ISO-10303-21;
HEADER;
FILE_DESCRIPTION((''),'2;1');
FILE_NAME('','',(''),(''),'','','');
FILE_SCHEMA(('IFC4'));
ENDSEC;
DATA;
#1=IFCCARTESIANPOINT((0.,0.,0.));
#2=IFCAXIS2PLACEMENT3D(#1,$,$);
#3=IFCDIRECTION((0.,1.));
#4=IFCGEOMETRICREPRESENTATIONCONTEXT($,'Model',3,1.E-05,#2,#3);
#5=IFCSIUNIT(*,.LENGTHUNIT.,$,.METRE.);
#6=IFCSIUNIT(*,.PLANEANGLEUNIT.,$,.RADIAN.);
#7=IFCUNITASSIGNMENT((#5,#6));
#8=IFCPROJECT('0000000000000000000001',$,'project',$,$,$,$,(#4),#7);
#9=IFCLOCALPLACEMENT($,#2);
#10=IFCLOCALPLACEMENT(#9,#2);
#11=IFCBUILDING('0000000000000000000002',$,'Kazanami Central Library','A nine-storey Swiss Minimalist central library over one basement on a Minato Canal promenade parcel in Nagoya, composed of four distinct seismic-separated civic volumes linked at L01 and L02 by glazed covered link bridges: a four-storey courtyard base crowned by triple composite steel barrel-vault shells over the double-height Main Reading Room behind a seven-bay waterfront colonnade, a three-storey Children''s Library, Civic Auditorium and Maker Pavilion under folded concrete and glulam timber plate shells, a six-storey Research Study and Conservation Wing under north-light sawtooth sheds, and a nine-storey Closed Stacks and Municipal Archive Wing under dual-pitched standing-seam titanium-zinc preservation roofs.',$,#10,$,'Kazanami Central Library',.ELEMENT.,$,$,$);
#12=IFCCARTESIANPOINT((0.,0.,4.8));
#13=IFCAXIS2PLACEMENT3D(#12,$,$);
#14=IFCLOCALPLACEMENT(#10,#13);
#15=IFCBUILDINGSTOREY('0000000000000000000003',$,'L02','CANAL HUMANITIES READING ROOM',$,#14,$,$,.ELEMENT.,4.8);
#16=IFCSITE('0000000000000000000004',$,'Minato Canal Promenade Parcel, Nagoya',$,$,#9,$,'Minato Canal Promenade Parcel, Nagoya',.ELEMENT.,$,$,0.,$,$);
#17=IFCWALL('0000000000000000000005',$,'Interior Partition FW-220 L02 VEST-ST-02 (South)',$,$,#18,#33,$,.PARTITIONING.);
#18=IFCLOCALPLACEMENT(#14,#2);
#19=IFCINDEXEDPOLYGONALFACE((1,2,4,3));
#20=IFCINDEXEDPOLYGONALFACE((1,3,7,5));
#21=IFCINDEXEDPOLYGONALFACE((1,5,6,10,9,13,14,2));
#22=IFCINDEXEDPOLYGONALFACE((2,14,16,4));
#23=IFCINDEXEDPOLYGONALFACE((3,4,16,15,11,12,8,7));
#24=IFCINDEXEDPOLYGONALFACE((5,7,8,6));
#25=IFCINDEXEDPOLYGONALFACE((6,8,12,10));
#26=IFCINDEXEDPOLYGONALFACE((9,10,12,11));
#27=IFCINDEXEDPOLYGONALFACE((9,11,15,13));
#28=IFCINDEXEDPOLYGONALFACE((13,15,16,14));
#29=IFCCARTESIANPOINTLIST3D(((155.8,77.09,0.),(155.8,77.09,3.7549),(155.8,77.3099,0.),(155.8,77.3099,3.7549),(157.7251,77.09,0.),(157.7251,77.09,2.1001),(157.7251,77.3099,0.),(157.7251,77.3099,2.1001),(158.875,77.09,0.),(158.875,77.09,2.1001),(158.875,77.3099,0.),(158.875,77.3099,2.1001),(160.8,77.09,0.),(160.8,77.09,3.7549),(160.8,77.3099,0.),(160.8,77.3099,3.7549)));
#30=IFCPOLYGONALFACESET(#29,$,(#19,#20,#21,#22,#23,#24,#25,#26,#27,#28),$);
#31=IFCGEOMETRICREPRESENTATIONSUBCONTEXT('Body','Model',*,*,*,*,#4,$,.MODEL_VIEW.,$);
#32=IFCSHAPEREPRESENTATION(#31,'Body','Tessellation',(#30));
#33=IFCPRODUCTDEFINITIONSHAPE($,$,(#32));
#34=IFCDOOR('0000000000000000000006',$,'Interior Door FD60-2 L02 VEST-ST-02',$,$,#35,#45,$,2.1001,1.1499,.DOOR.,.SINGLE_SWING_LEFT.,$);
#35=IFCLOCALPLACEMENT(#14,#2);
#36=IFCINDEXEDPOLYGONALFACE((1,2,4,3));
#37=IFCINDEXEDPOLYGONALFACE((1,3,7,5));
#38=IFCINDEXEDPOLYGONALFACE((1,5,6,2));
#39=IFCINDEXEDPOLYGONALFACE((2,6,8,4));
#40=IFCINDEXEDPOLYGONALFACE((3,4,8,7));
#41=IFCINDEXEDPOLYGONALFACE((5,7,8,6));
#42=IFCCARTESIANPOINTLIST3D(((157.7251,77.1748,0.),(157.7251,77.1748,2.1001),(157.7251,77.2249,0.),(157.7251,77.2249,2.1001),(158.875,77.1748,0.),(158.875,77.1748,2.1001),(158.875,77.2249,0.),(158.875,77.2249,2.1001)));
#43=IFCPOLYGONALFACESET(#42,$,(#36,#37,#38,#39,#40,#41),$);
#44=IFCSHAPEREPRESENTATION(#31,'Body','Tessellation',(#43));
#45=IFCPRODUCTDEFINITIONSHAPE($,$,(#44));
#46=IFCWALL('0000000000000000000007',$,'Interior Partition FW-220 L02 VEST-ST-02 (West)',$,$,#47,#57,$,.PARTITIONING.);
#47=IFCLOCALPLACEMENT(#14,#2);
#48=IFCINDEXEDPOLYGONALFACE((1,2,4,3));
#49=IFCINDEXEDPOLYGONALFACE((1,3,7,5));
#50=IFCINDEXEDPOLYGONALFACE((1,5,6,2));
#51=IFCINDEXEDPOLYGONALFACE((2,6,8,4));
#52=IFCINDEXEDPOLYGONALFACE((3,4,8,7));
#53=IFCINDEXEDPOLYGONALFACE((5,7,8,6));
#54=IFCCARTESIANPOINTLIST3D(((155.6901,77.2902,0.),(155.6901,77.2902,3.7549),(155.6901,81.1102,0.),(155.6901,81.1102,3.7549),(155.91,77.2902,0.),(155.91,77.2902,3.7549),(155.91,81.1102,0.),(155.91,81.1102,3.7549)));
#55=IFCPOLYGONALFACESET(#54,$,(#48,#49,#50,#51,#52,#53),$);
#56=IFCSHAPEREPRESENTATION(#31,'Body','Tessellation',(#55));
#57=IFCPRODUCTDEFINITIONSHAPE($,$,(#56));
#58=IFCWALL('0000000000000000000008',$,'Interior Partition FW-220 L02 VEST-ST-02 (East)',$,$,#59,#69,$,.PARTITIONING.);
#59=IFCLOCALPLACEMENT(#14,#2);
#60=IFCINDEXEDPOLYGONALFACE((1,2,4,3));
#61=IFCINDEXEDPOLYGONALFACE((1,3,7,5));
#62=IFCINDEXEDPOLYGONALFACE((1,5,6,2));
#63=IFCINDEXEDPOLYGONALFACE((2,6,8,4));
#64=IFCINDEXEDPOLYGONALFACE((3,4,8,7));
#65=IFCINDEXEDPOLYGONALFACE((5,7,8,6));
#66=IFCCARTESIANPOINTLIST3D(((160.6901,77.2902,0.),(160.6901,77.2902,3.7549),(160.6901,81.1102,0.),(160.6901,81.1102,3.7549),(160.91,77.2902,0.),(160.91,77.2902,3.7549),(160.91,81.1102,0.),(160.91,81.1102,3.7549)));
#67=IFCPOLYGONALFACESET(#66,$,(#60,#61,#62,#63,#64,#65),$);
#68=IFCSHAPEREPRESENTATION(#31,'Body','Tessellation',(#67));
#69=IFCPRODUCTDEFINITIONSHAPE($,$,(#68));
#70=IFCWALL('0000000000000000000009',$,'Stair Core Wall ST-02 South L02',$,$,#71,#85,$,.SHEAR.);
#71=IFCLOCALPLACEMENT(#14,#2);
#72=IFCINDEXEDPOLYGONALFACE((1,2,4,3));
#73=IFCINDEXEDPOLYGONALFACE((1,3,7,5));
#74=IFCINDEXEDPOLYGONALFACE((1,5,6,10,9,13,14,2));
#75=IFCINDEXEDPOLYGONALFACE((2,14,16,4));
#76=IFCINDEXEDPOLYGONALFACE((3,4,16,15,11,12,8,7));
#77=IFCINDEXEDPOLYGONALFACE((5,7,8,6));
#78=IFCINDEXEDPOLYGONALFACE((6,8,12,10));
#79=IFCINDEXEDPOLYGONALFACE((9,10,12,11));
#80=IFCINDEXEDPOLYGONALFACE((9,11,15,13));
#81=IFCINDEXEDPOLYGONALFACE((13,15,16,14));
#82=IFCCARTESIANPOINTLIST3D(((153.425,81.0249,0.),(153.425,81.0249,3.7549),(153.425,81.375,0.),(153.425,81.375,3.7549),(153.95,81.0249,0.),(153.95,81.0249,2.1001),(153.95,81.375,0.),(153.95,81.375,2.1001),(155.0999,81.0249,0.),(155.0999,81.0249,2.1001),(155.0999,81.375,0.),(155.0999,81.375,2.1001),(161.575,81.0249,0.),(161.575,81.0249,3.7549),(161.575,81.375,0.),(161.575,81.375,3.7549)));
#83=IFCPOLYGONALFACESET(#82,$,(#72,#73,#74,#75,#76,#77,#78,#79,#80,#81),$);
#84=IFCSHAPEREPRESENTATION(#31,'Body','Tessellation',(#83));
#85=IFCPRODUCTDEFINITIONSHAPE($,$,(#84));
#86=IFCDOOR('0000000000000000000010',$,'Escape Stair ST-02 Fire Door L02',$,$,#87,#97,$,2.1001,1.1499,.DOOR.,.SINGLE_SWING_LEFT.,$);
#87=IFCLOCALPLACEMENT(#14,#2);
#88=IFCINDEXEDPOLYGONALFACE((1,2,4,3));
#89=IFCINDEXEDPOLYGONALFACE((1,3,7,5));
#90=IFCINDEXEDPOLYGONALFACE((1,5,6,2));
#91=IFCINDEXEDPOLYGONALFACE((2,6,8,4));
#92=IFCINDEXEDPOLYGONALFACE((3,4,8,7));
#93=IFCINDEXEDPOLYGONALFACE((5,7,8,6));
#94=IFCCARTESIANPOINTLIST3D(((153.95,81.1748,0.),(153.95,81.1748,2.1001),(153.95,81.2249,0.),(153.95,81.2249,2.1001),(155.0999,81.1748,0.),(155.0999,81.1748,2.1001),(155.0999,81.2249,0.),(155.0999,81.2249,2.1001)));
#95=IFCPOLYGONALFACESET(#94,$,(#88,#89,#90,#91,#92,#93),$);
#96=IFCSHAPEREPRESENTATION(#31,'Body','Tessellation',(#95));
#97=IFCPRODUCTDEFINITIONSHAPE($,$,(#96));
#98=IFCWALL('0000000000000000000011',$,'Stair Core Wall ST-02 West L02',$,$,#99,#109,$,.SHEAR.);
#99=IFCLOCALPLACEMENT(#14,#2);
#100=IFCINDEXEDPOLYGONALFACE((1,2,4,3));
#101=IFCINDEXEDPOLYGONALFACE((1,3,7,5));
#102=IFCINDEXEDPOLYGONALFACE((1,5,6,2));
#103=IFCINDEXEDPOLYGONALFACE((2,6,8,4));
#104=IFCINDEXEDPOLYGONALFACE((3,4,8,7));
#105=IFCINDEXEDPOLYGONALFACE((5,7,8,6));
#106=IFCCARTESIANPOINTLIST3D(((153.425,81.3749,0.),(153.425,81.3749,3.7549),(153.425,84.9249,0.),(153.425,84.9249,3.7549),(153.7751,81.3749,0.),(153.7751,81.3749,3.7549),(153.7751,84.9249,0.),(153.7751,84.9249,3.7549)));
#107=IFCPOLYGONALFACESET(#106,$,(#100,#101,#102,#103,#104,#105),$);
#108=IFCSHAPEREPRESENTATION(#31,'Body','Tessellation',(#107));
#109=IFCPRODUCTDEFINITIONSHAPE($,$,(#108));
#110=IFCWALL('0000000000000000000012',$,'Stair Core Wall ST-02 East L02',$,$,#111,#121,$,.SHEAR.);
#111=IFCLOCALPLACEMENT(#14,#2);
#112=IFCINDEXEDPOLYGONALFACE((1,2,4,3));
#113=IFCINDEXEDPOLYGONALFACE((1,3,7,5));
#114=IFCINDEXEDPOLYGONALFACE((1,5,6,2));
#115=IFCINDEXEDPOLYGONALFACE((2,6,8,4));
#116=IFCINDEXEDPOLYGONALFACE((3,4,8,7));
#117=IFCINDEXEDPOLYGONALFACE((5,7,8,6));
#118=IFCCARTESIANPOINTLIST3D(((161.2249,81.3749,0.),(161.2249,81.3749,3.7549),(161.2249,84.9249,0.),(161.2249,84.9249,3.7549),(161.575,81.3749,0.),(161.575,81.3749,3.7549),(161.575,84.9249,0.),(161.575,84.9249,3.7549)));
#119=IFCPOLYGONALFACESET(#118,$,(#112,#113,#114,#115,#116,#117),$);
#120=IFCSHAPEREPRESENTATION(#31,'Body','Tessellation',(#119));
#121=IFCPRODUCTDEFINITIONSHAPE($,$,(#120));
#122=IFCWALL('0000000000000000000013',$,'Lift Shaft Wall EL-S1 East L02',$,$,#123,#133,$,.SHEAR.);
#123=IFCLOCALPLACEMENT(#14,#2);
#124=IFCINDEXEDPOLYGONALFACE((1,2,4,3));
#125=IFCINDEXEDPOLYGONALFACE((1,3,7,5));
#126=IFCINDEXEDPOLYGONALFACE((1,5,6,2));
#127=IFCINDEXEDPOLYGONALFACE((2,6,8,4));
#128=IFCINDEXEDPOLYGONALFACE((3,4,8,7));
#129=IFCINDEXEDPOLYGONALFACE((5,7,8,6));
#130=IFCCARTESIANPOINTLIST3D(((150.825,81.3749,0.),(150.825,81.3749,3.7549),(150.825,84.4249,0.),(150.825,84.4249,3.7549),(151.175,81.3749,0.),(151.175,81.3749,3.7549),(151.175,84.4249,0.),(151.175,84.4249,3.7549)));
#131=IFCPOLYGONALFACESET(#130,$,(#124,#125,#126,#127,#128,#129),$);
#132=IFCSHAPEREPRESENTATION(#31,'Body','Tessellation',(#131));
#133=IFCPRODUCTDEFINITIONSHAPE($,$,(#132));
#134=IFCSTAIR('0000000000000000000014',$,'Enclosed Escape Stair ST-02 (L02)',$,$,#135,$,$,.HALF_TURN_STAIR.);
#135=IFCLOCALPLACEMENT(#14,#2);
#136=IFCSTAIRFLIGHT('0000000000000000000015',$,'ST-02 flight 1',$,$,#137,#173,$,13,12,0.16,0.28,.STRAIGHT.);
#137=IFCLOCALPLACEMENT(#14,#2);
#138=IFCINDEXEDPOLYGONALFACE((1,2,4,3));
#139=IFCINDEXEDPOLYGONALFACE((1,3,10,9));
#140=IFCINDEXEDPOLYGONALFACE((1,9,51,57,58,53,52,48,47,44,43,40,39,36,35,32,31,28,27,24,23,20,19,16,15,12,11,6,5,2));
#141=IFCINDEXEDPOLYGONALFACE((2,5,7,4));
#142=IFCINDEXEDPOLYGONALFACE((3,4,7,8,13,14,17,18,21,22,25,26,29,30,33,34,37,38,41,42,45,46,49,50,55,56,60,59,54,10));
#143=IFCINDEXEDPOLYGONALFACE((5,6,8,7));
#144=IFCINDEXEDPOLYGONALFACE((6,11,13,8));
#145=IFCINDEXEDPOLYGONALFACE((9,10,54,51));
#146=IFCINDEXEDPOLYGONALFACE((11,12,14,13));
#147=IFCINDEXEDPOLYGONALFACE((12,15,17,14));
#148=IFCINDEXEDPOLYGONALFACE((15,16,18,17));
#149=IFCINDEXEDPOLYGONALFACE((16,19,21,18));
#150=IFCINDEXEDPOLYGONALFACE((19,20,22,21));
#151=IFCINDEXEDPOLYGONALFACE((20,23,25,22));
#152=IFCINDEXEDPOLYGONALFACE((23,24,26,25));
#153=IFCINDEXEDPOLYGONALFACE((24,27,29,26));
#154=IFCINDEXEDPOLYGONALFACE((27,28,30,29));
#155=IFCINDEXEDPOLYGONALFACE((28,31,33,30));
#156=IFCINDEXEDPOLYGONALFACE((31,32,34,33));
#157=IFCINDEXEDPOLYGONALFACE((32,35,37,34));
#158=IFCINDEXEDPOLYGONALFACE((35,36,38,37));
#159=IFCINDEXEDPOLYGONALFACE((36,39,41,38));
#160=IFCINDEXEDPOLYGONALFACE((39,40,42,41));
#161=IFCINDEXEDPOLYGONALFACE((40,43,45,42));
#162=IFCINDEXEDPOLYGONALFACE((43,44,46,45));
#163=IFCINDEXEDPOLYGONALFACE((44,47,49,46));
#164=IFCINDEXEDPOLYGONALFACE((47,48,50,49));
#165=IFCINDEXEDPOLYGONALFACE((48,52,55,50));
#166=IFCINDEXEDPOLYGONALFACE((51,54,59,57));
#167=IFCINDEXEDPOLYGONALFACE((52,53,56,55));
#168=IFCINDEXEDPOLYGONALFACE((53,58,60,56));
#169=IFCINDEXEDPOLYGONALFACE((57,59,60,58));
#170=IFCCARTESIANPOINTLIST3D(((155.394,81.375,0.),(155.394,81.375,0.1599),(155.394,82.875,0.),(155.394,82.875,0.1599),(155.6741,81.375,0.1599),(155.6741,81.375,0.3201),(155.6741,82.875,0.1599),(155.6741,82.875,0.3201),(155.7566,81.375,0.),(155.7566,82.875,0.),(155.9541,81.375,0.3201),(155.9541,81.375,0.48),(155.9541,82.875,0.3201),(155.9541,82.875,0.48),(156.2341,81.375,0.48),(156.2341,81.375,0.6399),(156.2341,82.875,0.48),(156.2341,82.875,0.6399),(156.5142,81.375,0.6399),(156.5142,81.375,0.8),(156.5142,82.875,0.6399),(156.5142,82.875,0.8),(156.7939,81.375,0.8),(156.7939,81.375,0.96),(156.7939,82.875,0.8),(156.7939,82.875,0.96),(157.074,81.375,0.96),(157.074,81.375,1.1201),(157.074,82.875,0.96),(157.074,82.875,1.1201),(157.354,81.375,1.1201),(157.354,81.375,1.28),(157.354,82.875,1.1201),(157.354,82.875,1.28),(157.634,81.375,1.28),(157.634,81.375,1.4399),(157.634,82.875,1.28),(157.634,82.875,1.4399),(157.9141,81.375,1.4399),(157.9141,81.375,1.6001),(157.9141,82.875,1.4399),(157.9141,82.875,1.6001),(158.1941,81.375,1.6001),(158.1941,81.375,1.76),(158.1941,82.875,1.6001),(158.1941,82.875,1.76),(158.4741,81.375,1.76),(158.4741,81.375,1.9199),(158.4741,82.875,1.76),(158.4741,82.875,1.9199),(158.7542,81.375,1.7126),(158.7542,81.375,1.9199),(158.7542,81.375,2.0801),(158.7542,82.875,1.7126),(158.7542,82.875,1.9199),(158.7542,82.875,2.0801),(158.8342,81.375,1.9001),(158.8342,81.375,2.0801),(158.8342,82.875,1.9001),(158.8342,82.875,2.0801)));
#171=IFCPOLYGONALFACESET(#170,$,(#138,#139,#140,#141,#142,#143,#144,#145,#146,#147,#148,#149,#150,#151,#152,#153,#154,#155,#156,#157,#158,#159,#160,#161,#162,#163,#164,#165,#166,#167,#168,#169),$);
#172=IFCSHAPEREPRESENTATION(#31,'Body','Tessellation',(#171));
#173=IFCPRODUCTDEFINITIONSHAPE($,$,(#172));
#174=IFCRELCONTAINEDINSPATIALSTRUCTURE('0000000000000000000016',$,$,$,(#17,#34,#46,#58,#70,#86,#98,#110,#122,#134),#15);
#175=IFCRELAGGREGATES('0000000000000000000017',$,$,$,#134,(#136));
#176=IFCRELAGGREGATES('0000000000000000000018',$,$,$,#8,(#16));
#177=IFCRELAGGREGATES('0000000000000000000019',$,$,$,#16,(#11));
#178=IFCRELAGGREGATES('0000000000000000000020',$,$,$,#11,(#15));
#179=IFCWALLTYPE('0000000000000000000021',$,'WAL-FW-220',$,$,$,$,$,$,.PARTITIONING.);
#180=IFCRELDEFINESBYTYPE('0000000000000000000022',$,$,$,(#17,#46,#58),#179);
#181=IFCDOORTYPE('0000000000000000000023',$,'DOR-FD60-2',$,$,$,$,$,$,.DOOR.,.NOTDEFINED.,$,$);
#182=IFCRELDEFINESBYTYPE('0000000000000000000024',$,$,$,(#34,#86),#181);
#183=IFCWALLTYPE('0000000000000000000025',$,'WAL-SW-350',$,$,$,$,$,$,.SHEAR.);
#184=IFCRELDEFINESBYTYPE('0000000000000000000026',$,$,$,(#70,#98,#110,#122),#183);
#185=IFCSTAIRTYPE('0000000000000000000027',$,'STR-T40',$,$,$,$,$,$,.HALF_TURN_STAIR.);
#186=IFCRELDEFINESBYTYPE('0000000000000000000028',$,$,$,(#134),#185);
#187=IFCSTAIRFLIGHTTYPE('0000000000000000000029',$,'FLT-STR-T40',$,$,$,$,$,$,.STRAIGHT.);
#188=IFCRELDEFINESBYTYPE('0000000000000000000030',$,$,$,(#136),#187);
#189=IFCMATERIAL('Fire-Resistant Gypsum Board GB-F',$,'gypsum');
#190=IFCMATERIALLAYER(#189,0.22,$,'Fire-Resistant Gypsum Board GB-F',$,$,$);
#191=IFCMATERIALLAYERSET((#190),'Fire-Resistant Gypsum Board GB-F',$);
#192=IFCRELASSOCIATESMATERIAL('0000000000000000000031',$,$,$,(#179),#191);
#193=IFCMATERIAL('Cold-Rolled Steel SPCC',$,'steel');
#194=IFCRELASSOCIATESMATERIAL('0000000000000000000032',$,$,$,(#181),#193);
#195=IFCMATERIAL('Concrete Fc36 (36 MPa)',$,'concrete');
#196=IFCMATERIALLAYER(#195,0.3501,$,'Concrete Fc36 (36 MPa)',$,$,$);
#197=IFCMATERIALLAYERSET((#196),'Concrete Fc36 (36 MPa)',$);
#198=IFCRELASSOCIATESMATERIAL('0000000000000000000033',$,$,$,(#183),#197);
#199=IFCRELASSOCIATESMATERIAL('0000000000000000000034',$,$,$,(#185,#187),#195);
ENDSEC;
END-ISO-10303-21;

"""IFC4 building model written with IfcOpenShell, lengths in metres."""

from ifc_helpers import new_model, si_unit, direction, frame, frame_2d, origin, place, context, subcontext, project, spatial, polyline, rectangle, outline, extrude, material, layer, layer_set, type_object, element, fill, aggregate, save


model = new_model("IFC4")

# Units and contexts
model_context = context("Model", 3, precision=1e-05, world=origin(), true_north=direction((0.0, 1.0)))
body_context = subcontext(model_context, "Body", "Model", "MODEL_VIEW")
ifc_project = project(units=[si_unit("LENGTHUNIT", "METRE"), si_unit("PLANEANGLEUNIT", "RADIAN")], contexts=[model_context])

# Site, building, storey
site_placement = place(None, origin())
site = spatial("IfcSite", under=ifc_project, at=site_placement, Name="Minato Canal Promenade Parcel, Nagoya", LongName="Minato Canal Promenade Parcel, Nagoya", CompositionType="ELEMENT", RefElevation=0.0)
building_placement = place(site_placement, origin())
building = spatial("IfcBuilding", under=site, at=building_placement, Name="Kazanami Central Library", Description="A nine-storey Swiss Minimalist central library over one basement on a Minato Canal promenade parcel in Nagoya, composed of four distinct seismic-separated civic volumes linked at L01 and L02 by glazed covered link bridges: a four-storey courtyard base crowned by triple composite steel barrel-vault shells over the double-height Main Reading Room behind a seven-bay waterfront colonnade, a three-storey Children's Library, Civic Auditorium and Maker Pavilion under folded concrete and glulam timber plate shells, a six-storey Research Study and Conservation Wing under north-light sawtooth sheds, and a nine-storey Closed Stacks and Municipal Archive Wing under dual-pitched standing-seam titanium-zinc preservation roofs.", LongName="Kazanami Central Library", CompositionType="ELEMENT")
storey_placement = place(building_placement, frame((0.0, 0.0, 4.8)))
storey = spatial("IfcBuildingStorey", under=building, at=storey_placement, Name="L02", Description="CANAL HUMANITIES READING ROOM", CompositionType="ELEMENT", Elevation=4.8)

# Shared definitions
ifc_material_1 = material(Name="Concrete Fc36 (36 MPa)", Category="concrete")
ifc_material_2 = material(Name="Fire-Resistant Gypsum Board GB-F", Category="gypsum")

# Wall, opening, door
ifc_layer_1 = layer(ifc_material_2, 0.22, Name="Fire-Resistant Gypsum Board GB-F")
ifc_layer_set_1 = layer_set([ifc_layer_1], Name="Fire-Resistant Gypsum Board GB-F")
wall_type_1 = type_object("IfcWallType", Name="WAL-FW-220", PredefinedType="PARTITIONING", material=ifc_layer_set_1)
wall_1_placement = place(storey_placement, frame((155.8, 77.2, 0.0), z_axis=(0.0, 0.0, 1.0), x_axis=(1.0, 0.0, 0.0)))
wall_1 = element("IfcWall", 1, at=wall_1_placement, inside=storey, type_object=wall_type_1, Name="Interior Partition FW-220 L02 VEST-ST-02 (South)", PredefinedType="PARTITIONING", context=body_context, shape_type="SweptSolid", body=[
    extrude(rectangle(XDim=5.0, YDim=0.22, at=frame_2d((2.5, 0.0))), origin(), (0.0, 0.0, 1.0), 3.7549),
])
opening_1_placement = place(wall_1_placement, frame((1.925, 0.0, 0.0)))
opening_1 = element("IfcOpeningElement", 2, at=opening_1_placement, cuts=wall_1, PredefinedType="OPENING", context=body_context, shape_type="SweptSolid", body=[
    extrude(rectangle(XDim=1.1499, YDim=2.1001, at=frame_2d((0.575, 1.05))), frame((0.0, 0.1221, 0.0), z_axis=(0.0, -1.0, 0.0), x_axis=(1.0, 0.0, 0.0)), (0.0, 0.0, 1.0), 0.2439),
])
ifc_material_3 = material(Name="Cold-Rolled Steel SPCC", Category="steel")
door_type = type_object("IfcDoorType", Name="DOR-FD60-2", OperationType="NOTDEFINED", PredefinedType="DOOR", material=ifc_material_3)
door_1_placement = place(opening_1_placement, origin())
door_1 = element("IfcDoor", 3, at=door_1_placement, inside=storey, type_object=door_type, Name="Interior Door FD60-2 L02 VEST-ST-02", OperationType="SINGLE_SWING_LEFT", OverallHeight=2.1001, OverallWidth=1.1499, PredefinedType="DOOR", context=body_context, shape_type="SweptSolid", body=[
    extrude(rectangle(XDim=1.1499, YDim=2.1001, at=frame_2d((0.575, 1.05))), frame((0.0, 0.0249, 0.0), z_axis=(0.0, -1.0, 0.0), x_axis=(1.0, 0.0, 0.0)), (0.0, 0.0, 1.0), 0.05),
])
fill(opening_1, door_1)

# Walls
for number, where, z_axis, x_axis, name in (
    (4, (155.8, 77.29, 0.0), (0.0, 0.0, 1.0), (0.0, 1.0, 0.0), "Interior Partition FW-220 L02 VEST-ST-02 (West)"),
    (5, (160.8, 77.29, 0.0), (0.0, 0.0, 1.0), (0.0, 1.0, 0.0), "Interior Partition FW-220 L02 VEST-ST-02 (East)"),
):
    element("IfcWall", number, at=place(storey_placement, frame(where, z_axis=z_axis, x_axis=x_axis)), inside=storey, type_object=wall_type_1, Name=name, PredefinedType="PARTITIONING", context=body_context, shape_type="SweptSolid", body=[
        extrude(rectangle(XDim=3.8201, YDim=0.22, at=frame_2d((1.9102, 0.0))), origin(), (0.0, 0.0, 1.0), 3.7549),
    ])

# Wall, opening, door
ifc_layer_2 = layer(ifc_material_1, 0.3501, Name="Concrete Fc36 (36 MPa)")
ifc_layer_set_2 = layer_set([ifc_layer_2], Name="Concrete Fc36 (36 MPa)")
wall_type_2 = type_object("IfcWallType", Name="WAL-SW-350", PredefinedType="SHEAR", material=ifc_layer_set_2)
wall_2_placement = place(storey_placement, frame((153.425, 81.2, 0.0), z_axis=(0.0, 0.0, 1.0), x_axis=(1.0, 0.0, 0.0)))
wall_2 = element("IfcWall", 6, at=wall_2_placement, inside=storey, type_object=wall_type_2, Name="Stair Core Wall ST-02 South L02", PredefinedType="SHEAR", context=body_context, shape_type="SweptSolid", body=[
    extrude(rectangle(XDim=8.1499, YDim=0.3501, at=frame_2d((4.075, 0.0))), origin(), (0.0, 0.0, 1.0), 3.7549),
])
opening_2_placement = place(wall_2_placement, frame((0.5249, 0.0, 0.0)))
opening_2 = element("IfcOpeningElement", 7, at=opening_2_placement, cuts=wall_2, PredefinedType="OPENING", context=body_context, shape_type="SweptSolid", body=[
    extrude(rectangle(XDim=1.1499, YDim=2.1001, at=frame_2d((0.575, 1.05))), frame((0.0, 0.187, 0.0), z_axis=(0.0, -1.0, 0.0), x_axis=(1.0, 0.0, 0.0)), (0.0, 0.0, 1.0), 0.374),
])
door_2_placement = place(opening_2_placement, origin())
door_2 = element("IfcDoor", 8, at=door_2_placement, inside=storey, type_object=door_type, Name="Escape Stair ST-02 Fire Door L02", OperationType="SINGLE_SWING_LEFT", OverallHeight=2.1001, OverallWidth=1.1499, PredefinedType="DOOR", context=body_context, shape_type="SweptSolid", body=[
    extrude(rectangle(XDim=1.1499, YDim=2.1001, at=frame_2d((0.575, 1.05))), frame((0.0, 0.0249, 0.0), z_axis=(0.0, -1.0, 0.0), x_axis=(1.0, 0.0, 0.0)), (0.0, 0.0, 1.0), 0.05),
])
fill(opening_2, door_2)

# Walls
for number, where, z_axis, x_axis, name in (
    (9, (153.6001, 81.375, 0.0), (0.0, 0.0, 1.0), (0.0, 1.0, 0.0), "Stair Core Wall ST-02 West L02"),
    (10, (161.3999, 81.375, 0.0), (0.0, 0.0, 1.0), (0.0, 1.0, 0.0), "Stair Core Wall ST-02 East L02"),
):
    element("IfcWall", number, at=place(storey_placement, frame(where, z_axis=z_axis, x_axis=x_axis)), inside=storey, type_object=wall_type_2, Name=name, PredefinedType="SHEAR", context=body_context, shape_type="SweptSolid", body=[
        extrude(rectangle(XDim=3.55, YDim=0.3501, at=frame_2d((1.7749, 0.0))), origin(), (0.0, 0.0, 1.0), 3.7549),
    ])
wall_3_placement = place(storey_placement, frame((151.0, 81.375, 0.0), z_axis=(0.0, 0.0, 1.0), x_axis=(0.0, 1.0, 0.0)))
element("IfcWall", 11, at=wall_3_placement, inside=storey, type_object=wall_type_2, Name="Lift Shaft Wall EL-S1 East L02", PredefinedType="SHEAR", context=body_context, shape_type="SweptSolid", body=[
    extrude(rectangle(XDim=3.05, YDim=0.3501, at=frame_2d((1.5249, 0.0))), origin(), (0.0, 0.0, 1.0), 3.7549),
])

# Stair, stair flight
stair_type = type_object("IfcStairType", Name="STR-T40", PredefinedType="HALF_TURN_STAIR", material=ifc_material_1)
stair_placement = place(storey_placement, origin())
stair = element("IfcStair", 12, at=stair_placement, inside=storey, type_object=stair_type, Name="Enclosed Escape Stair ST-02 (L02)", PredefinedType="HALF_TURN_STAIR")
stair_flight_type = type_object("IfcStairFlightType", Name="FLT-STR-T40", PredefinedType="STRAIGHT", material=ifc_material_1)
stair_flight_placement = place(storey_placement, frame((155.394, 82.125, 0.0), z_axis=(0.0, 0.0, 1.0), x_axis=(1.0, 0.0, 0.0)))
stair_flight = element("IfcStairFlight", 13, at=stair_flight_placement, type_object=stair_flight_type, Name="ST-02 flight 1", NumberOfRisers=13, NumberOfTreads=12, PredefinedType="STRAIGHT", RiserHeight=0.16, TreadLength=0.28, context=body_context, shape_type="SweptSolid", body=[
    extrude(outline(polyline([(0.0, 0.0), (0.0, 0.1599), (0.28, 0.1599), (0.28, 0.3201), (0.5601, 0.3201), (0.5601, 0.48), (0.8401, 0.48), (0.8401, 0.6399), (1.1201, 0.6399), (1.1201, 0.8), (1.3999, 0.8), (1.3999, 0.96), (1.6799, 0.96), (1.6799, 1.1201), (1.96, 1.1201), (1.96, 1.28), (2.24, 1.28), (2.24, 1.4399), (2.52, 1.4399), (2.52, 1.6001), (2.8, 1.6001), (2.8, 1.76), (3.0801, 1.76), (3.0801, 1.9199), (3.3601, 1.9199), (3.3601, 2.0801), (3.4402, 2.0801), (3.4402, 1.9001), (3.3601, 1.7126), (0.3625, 0.0), (0.0, 0.0)])), frame((0.0, 0.75, 0.0), z_axis=(0.0, -1.0, 0.0), x_axis=(1.0, 0.0, 0.0)), (0.0, 0.0, 1.0), 1.5),
])
aggregate(stair, [stair_flight])

save(model, "model.ifc")
